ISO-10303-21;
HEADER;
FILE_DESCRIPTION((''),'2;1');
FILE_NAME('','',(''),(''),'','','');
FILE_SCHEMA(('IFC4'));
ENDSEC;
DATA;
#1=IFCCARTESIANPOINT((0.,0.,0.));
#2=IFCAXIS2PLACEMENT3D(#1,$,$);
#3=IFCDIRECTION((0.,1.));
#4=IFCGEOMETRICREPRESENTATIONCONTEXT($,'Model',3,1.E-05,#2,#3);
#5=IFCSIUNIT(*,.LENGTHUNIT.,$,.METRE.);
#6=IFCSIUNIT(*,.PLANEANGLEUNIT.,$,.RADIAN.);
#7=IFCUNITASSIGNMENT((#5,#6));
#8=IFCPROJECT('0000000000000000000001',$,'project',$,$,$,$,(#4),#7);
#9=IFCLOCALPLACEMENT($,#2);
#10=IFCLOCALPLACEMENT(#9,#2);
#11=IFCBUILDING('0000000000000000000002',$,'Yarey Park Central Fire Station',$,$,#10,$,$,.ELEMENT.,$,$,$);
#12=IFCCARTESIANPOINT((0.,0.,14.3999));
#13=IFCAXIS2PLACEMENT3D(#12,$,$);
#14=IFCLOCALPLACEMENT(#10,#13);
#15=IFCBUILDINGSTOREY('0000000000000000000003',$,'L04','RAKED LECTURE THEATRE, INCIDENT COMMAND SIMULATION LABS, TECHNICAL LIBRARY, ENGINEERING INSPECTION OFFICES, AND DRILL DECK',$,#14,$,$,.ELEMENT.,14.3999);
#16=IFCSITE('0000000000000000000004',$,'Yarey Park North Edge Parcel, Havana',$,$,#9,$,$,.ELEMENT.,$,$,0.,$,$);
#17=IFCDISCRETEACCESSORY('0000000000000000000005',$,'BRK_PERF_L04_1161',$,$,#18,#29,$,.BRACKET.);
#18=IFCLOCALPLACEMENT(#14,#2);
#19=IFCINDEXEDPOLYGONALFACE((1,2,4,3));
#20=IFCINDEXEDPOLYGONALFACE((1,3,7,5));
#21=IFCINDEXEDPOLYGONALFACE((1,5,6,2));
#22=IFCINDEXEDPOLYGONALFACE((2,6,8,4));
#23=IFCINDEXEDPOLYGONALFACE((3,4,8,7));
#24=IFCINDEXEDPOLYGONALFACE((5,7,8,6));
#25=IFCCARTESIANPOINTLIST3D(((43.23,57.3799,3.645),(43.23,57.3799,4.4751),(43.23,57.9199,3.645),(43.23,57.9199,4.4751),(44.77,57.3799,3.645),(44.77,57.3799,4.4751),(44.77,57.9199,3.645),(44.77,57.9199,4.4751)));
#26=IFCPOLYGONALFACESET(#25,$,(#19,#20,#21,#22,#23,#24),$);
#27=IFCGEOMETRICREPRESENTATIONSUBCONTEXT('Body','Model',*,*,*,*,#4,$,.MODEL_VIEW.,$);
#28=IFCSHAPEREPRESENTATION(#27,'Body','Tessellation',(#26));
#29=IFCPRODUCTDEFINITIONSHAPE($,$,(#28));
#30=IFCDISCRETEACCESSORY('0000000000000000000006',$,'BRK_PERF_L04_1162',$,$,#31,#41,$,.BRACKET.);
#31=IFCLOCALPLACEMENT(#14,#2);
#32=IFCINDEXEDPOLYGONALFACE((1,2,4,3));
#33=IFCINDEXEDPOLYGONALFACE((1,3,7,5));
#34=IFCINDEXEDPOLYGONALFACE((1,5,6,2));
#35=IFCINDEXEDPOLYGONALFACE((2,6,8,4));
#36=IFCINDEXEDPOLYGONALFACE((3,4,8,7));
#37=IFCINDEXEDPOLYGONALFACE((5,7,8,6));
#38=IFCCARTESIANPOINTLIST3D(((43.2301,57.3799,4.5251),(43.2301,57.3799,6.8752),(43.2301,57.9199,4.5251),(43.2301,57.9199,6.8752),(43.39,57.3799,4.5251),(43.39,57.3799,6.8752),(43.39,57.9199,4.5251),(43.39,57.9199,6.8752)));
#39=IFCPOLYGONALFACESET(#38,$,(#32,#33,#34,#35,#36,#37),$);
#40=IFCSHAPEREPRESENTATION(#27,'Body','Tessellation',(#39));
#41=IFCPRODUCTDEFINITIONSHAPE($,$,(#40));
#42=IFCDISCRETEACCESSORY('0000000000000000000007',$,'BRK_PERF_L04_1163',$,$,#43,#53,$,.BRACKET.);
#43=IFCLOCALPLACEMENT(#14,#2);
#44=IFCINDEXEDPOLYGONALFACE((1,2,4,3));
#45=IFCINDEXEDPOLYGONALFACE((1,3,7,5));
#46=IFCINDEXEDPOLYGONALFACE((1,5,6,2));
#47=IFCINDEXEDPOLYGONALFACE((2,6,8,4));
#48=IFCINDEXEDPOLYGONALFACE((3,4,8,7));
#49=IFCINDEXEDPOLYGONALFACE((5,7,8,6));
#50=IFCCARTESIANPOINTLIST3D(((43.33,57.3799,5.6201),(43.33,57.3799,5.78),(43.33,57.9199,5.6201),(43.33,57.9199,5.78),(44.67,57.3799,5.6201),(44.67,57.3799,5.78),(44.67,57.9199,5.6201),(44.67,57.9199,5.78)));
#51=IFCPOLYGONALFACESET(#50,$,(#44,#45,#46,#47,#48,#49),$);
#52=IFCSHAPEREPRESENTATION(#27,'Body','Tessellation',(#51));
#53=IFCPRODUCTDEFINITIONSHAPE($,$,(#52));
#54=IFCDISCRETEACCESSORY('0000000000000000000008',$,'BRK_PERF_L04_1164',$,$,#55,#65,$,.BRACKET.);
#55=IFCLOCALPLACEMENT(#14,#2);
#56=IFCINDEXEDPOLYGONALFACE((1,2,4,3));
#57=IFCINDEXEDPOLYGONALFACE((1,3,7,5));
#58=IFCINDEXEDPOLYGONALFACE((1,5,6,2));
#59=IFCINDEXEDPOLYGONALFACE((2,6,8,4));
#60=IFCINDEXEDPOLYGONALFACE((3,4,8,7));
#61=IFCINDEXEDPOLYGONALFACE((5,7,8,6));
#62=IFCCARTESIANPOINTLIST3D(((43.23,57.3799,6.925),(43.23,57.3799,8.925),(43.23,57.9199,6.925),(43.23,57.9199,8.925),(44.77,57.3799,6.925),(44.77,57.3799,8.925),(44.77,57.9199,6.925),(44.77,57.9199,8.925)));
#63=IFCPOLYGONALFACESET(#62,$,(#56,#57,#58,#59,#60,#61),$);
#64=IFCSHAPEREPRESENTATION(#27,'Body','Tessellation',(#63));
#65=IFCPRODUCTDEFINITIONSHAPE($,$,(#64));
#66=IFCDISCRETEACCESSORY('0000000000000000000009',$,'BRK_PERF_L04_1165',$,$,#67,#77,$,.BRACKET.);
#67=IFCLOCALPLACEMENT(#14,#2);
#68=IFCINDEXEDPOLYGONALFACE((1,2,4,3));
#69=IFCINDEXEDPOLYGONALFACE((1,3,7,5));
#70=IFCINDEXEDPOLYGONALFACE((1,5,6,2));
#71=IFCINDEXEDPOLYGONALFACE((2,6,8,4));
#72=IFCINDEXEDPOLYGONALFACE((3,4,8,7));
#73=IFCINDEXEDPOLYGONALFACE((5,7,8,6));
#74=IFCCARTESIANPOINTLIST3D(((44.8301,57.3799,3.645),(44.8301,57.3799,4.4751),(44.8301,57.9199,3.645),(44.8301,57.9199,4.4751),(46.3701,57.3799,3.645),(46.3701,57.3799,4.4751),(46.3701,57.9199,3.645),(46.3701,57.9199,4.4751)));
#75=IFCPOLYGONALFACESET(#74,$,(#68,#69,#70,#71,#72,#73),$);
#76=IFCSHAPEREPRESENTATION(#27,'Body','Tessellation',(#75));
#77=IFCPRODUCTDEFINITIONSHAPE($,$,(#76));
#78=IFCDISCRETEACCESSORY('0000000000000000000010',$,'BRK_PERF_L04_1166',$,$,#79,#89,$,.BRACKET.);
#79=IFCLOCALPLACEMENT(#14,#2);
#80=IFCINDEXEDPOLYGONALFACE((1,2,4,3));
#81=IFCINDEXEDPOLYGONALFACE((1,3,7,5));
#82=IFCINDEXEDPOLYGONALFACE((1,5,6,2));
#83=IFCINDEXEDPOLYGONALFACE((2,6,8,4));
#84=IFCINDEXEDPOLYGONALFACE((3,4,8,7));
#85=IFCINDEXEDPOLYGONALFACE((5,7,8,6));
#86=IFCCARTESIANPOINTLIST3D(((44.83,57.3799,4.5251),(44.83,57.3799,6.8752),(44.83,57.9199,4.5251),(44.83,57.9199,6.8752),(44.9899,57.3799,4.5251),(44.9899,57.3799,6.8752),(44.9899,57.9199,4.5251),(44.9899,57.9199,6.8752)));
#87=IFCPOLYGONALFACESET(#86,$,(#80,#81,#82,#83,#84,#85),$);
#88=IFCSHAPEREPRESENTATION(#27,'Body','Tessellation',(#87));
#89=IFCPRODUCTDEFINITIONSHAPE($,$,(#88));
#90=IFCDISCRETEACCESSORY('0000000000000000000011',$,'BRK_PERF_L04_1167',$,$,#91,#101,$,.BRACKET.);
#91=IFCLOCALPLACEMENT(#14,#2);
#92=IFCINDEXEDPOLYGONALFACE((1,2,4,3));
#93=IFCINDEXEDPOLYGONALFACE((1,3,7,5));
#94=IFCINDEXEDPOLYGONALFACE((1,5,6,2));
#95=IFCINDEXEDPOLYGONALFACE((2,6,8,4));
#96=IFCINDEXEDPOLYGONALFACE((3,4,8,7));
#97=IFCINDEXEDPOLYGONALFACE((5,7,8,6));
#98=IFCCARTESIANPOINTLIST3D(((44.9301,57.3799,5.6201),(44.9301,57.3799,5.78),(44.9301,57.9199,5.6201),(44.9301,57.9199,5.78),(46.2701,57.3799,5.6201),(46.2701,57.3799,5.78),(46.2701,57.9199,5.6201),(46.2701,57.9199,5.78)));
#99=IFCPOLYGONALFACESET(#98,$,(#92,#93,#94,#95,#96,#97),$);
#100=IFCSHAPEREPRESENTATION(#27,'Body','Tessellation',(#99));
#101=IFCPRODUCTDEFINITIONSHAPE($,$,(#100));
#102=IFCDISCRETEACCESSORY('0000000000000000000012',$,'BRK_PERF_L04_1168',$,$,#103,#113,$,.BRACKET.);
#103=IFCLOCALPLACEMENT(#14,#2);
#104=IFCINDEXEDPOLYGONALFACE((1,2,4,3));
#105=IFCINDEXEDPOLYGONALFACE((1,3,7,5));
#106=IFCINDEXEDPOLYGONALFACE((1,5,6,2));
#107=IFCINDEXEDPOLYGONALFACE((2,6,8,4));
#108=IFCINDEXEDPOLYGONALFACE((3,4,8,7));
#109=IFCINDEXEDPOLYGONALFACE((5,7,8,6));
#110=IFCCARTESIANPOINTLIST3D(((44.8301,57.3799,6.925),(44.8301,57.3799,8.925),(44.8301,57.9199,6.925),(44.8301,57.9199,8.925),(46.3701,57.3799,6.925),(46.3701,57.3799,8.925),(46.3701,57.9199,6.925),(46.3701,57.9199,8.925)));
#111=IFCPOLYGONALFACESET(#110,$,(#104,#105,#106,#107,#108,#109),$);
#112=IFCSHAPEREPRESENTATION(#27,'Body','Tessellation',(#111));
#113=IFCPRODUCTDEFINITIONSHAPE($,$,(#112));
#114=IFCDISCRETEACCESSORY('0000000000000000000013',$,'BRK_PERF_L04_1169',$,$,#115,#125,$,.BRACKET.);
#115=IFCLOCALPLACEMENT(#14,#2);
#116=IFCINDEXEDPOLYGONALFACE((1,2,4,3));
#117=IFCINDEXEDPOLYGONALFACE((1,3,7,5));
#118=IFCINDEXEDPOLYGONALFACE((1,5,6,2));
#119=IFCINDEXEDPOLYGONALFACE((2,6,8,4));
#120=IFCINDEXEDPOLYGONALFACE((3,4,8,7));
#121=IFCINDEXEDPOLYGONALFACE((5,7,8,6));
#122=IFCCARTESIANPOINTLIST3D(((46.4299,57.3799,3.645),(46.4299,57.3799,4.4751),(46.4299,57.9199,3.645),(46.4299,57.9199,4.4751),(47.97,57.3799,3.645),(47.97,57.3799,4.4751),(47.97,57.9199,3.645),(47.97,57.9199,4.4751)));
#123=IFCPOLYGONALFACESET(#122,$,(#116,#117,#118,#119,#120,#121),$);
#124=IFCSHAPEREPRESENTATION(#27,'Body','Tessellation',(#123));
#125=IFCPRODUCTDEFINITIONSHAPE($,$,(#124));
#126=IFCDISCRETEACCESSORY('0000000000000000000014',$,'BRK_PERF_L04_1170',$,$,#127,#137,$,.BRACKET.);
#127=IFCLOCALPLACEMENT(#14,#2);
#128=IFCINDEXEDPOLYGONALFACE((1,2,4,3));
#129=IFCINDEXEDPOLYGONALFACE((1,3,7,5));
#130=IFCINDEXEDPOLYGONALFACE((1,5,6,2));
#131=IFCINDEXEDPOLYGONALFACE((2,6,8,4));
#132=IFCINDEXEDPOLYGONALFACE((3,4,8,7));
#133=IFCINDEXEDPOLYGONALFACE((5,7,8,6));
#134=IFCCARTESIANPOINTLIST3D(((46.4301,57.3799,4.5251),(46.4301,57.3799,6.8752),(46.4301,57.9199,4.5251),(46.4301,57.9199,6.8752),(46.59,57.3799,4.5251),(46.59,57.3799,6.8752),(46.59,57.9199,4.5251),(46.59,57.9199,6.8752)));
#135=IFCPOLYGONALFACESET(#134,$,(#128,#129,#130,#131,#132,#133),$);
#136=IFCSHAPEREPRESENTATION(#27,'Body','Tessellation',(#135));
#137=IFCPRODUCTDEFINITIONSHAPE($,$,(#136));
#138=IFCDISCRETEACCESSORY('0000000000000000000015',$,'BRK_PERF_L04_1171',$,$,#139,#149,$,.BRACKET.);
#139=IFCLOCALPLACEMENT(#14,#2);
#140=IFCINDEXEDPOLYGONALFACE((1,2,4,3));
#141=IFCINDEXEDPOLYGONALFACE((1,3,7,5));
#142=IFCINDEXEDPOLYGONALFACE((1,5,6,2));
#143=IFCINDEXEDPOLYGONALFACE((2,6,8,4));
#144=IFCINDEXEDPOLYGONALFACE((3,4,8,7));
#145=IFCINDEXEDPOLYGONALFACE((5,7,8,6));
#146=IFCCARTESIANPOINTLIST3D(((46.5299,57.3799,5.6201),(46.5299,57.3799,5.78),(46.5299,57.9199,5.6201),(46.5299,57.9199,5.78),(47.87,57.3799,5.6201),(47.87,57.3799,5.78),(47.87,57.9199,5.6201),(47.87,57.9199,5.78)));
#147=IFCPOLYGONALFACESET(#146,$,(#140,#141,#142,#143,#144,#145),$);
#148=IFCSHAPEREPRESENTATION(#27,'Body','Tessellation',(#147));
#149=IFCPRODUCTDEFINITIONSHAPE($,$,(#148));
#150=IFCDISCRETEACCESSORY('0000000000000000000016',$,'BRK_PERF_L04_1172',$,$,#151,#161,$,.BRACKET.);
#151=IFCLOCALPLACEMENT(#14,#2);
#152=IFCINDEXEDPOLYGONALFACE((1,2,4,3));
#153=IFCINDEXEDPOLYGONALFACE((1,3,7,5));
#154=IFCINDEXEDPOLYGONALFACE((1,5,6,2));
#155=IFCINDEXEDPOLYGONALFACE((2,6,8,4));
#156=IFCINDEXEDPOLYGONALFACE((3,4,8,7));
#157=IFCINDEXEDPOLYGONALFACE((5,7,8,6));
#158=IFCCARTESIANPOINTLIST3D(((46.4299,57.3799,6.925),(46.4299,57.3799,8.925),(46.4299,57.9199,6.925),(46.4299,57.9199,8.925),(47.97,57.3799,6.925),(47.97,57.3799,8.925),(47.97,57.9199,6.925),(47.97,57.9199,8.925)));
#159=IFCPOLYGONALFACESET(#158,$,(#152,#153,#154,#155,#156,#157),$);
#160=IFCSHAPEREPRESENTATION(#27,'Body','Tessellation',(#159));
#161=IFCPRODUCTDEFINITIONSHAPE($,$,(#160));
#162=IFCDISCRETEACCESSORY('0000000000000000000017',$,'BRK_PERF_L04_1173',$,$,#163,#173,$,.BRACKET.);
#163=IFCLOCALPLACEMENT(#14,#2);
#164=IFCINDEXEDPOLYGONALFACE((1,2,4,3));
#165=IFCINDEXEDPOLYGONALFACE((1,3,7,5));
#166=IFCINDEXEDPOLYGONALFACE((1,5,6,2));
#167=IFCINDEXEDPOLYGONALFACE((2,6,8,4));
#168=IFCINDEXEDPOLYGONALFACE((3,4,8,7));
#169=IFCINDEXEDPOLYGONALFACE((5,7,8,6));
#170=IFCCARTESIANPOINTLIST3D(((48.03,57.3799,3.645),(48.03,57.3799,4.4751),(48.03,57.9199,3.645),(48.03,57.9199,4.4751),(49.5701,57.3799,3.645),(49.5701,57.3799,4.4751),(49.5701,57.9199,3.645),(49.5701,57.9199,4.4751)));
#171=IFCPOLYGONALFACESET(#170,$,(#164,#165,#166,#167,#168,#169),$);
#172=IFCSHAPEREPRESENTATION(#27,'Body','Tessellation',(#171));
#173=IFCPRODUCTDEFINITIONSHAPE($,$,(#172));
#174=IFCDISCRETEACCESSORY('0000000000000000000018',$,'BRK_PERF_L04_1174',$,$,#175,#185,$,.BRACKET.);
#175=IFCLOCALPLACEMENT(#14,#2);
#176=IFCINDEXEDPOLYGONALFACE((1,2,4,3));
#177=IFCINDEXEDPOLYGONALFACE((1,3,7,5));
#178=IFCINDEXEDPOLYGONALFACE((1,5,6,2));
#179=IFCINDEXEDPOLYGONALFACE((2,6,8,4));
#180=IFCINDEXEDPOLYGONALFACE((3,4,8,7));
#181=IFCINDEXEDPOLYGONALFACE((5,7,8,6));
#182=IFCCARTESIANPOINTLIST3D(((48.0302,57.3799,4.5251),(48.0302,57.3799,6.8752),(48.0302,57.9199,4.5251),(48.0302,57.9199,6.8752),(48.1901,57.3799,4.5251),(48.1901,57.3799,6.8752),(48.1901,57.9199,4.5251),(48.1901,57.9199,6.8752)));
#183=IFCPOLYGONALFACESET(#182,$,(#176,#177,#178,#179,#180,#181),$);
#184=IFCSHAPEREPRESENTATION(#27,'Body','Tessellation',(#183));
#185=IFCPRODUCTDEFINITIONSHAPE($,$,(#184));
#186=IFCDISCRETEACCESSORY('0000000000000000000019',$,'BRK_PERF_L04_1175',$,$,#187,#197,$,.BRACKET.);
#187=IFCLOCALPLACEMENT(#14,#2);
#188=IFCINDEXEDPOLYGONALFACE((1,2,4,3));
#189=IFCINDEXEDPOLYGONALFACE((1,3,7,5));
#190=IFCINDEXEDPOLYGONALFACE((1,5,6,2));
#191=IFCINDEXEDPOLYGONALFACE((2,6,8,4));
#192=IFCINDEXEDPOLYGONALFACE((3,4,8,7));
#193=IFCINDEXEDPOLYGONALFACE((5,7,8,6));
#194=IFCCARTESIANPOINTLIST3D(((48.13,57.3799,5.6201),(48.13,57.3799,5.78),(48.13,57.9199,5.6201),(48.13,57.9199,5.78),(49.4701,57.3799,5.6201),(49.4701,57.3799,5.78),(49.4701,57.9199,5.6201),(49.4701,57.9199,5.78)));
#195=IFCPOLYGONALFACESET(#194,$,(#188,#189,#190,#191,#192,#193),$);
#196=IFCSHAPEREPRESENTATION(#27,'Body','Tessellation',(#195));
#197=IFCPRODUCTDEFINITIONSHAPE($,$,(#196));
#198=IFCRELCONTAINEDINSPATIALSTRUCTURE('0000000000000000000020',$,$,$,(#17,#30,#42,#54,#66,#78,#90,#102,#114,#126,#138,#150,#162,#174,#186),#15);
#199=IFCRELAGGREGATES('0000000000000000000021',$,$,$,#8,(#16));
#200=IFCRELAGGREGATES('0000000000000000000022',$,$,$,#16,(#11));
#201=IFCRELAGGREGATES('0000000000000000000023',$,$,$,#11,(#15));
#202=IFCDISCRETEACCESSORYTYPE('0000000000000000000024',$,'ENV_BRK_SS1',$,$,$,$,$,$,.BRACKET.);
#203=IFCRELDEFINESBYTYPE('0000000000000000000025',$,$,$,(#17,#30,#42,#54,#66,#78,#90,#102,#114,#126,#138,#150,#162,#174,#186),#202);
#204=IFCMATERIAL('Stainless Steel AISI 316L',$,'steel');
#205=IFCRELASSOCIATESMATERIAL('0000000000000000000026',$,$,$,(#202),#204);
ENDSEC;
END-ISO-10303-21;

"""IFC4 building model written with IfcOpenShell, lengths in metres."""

from ifc_helpers import new_model, si_unit, direction, frame, origin, origin_2d, place, context, subcontext, project, spatial, rectangle, extrude, material, type_object, element, save


model = new_model("IFC4")

# Units and contexts
model_context = context("Model", 3, precision=1e-05, world=origin(), true_north=direction((0.0, 1.0)))
body_context = subcontext(model_context, "Body", "Model", "MODEL_VIEW")
ifc_project = project(units=[si_unit("LENGTHUNIT", "METRE"), si_unit("PLANEANGLEUNIT", "RADIAN")], contexts=[model_context])

# Site, building, storey
site_placement = place(None, origin())
site = spatial("IfcSite", under=ifc_project, at=site_placement, Name="Yarey Park North Edge Parcel, Havana", CompositionType="ELEMENT", RefElevation=0.0)
building_placement = place(site_placement, origin())
building = spatial("IfcBuilding", under=site, at=building_placement, Name="Yarey Park Central Fire Station", CompositionType="ELEMENT")
storey_placement = place(building_placement, frame((0.0, 0.0, 14.3999)))
storey = spatial("IfcBuildingStorey", under=building, at=storey_placement, Name="L04", Description="RAKED LECTURE THEATRE, INCIDENT COMMAND SIMULATION LABS, TECHNICAL LIBRARY, ENGINEERING INSPECTION OFFICES, AND DRILL DECK", CompositionType="ELEMENT", Elevation=14.3999)

# Discrete accessories
ifc_material = material(Name="Stainless Steel AISI 316L", Category="steel")
discrete_accessory_type = type_object("IfcDiscreteAccessoryType", Name="ENV_BRK_SS1", PredefinedType="BRACKET", material=ifc_material)
discrete_accessory_1_placement = place(storey_placement, frame((44.0, 57.6499, 3.645), z_axis=(0.0, 0.0, 1.0), x_axis=(1.0, 0.0, 0.0)))
element("IfcDiscreteAccessory", 1, at=discrete_accessory_1_placement, inside=storey, type_object=discrete_accessory_type, Name="BRK_PERF_L04_1161", PredefinedType="BRACKET", context=body_context, shape_type="SweptSolid", body=[
    extrude(rectangle(XDim=1.54, YDim=0.54, at=origin_2d()), origin(), (0.0, 0.0, 1.0), 0.8301),
])
discrete_accessory_2_placement = place(storey_placement, frame((43.3101, 57.6499, 4.5251), z_axis=(0.0, 0.0, 1.0), x_axis=(1.0, 0.0, 0.0)))
element("IfcDiscreteAccessory", 2, at=discrete_accessory_2_placement, inside=storey, type_object=discrete_accessory_type, Name="BRK_PERF_L04_1162", PredefinedType="BRACKET", context=body_context, shape_type="SweptSolid", body=[
    extrude(rectangle(XDim=0.1599, YDim=0.54, at=origin_2d()), origin(), (0.0, 0.0, 1.0), 2.3501),
])
discrete_accessory_3_placement = place(storey_placement, frame((44.0, 57.6499, 5.6201), z_axis=(0.0, 0.0, 1.0), x_axis=(1.0, 0.0, 0.0)))
element("IfcDiscreteAccessory", 3, at=discrete_accessory_3_placement, inside=storey, type_object=discrete_accessory_type, Name="BRK_PERF_L04_1163", PredefinedType="BRACKET", context=body_context, shape_type="SweptSolid", body=[
    extrude(rectangle(XDim=1.3401, YDim=0.54, at=origin_2d()), origin(), (0.0, 0.0, 1.0), 0.1599),
])
discrete_accessory_4_placement = place(storey_placement, frame((44.0, 57.6499, 6.925), z_axis=(0.0, 0.0, 1.0), x_axis=(1.0, 0.0, 0.0)))
element("IfcDiscreteAccessory", 4, at=discrete_accessory_4_placement, inside=storey, type_object=discrete_accessory_type, Name="BRK_PERF_L04_1164", PredefinedType="BRACKET", context=body_context, shape_type="SweptSolid", body=[
    extrude(rectangle(XDim=1.54, YDim=0.54, at=origin_2d()), origin(), (0.0, 0.0, 1.0), 2.0),
])
discrete_accessory_5_placement = place(storey_placement, frame((45.6001, 57.6499, 3.645), z_axis=(0.0, 0.0, 1.0), x_axis=(1.0, 0.0, 0.0)))
element("IfcDiscreteAccessory", 5, at=discrete_accessory_5_placement, inside=storey, type_object=discrete_accessory_type, Name="BRK_PERF_L04_1165", PredefinedType="BRACKET", context=body_context, shape_type="SweptSolid", body=[
    extrude(rectangle(XDim=1.54, YDim=0.54, at=origin_2d()), origin(), (0.0, 0.0, 1.0), 0.8301),
])
discrete_accessory_6_placement = place(storey_placement, frame((44.9099, 57.6499, 4.5251), z_axis=(0.0, 0.0, 1.0), x_axis=(1.0, 0.0, 0.0)))
element("IfcDiscreteAccessory", 6, at=discrete_accessory_6_placement, inside=storey, type_object=discrete_accessory_type, Name="BRK_PERF_L04_1166", PredefinedType="BRACKET", context=body_context, shape_type="SweptSolid", body=[
    extrude(rectangle(XDim=0.1599, YDim=0.54, at=origin_2d()), origin(), (0.0, 0.0, 1.0), 2.3501),
])
discrete_accessory_7_placement = place(storey_placement, frame((45.6001, 57.6499, 5.6201), z_axis=(0.0, 0.0, 1.0), x_axis=(1.0, 0.0, 0.0)))
element("IfcDiscreteAccessory", 7, at=discrete_accessory_7_placement, inside=storey, type_object=discrete_accessory_type, Name="BRK_PERF_L04_1167", PredefinedType="BRACKET", context=body_context, shape_type="SweptSolid", body=[
    extrude(rectangle(XDim=1.3401, YDim=0.54, at=origin_2d()), origin(), (0.0, 0.0, 1.0), 0.1599),
])
discrete_accessory_8_placement = place(storey_placement, frame((45.6001, 57.6499, 6.925), z_axis=(0.0, 0.0, 1.0), x_axis=(1.0, 0.0, 0.0)))
element("IfcDiscreteAccessory", 8, at=discrete_accessory_8_placement, inside=storey, type_object=discrete_accessory_type, Name="BRK_PERF_L04_1168", PredefinedType="BRACKET", context=body_context, shape_type="SweptSolid", body=[
    extrude(rectangle(XDim=1.54, YDim=0.54, at=origin_2d()), origin(), (0.0, 0.0, 1.0), 2.0),
])
discrete_accessory_9_placement = place(storey_placement, frame((47.2, 57.6499, 3.645), z_axis=(0.0, 0.0, 1.0), x_axis=(1.0, 0.0, 0.0)))
element("IfcDiscreteAccessory", 9, at=discrete_accessory_9_placement, inside=storey, type_object=discrete_accessory_type, Name="BRK_PERF_L04_1169", PredefinedType="BRACKET", context=body_context, shape_type="SweptSolid", body=[
    extrude(rectangle(XDim=1.54, YDim=0.54, at=origin_2d()), origin(), (0.0, 0.0, 1.0), 0.8301),
])
discrete_accessory_10_placement = place(storey_placement, frame((46.51, 57.6499, 4.5251), z_axis=(0.0, 0.0, 1.0), x_axis=(1.0, 0.0, 0.0)))
element("IfcDiscreteAccessory", 10, at=discrete_accessory_10_placement, inside=storey, type_object=discrete_accessory_type, Name="BRK_PERF_L04_1170", PredefinedType="BRACKET", context=body_context, shape_type="SweptSolid", body=[
    extrude(rectangle(XDim=0.1599, YDim=0.54, at=origin_2d()), origin(), (0.0, 0.0, 1.0), 2.3501),
])
discrete_accessory_11_placement = place(storey_placement, frame((47.2, 57.6499, 5.6201), z_axis=(0.0, 0.0, 1.0), x_axis=(1.0, 0.0, 0.0)))
element("IfcDiscreteAccessory", 11, at=discrete_accessory_11_placement, inside=storey, type_object=discrete_accessory_type, Name="BRK_PERF_L04_1171", PredefinedType="BRACKET", context=body_context, shape_type="SweptSolid", body=[
    extrude(rectangle(XDim=1.3401, YDim=0.54, at=origin_2d()), origin(), (0.0, 0.0, 1.0), 0.1599),
])
discrete_accessory_12_placement = place(storey_placement, frame((47.2, 57.6499, 6.925), z_axis=(0.0, 0.0, 1.0), x_axis=(1.0, 0.0, 0.0)))
element("IfcDiscreteAccessory", 12, at=discrete_accessory_12_placement, inside=storey, type_object=discrete_accessory_type, Name="BRK_PERF_L04_1172", PredefinedType="BRACKET", context=body_context, shape_type="SweptSolid", body=[
    extrude(rectangle(XDim=1.54, YDim=0.54, at=origin_2d()), origin(), (0.0, 0.0, 1.0), 2.0),
])
discrete_accessory_13_placement = place(storey_placement, frame((48.8, 57.6499, 3.645), z_axis=(0.0, 0.0, 1.0), x_axis=(1.0, 0.0, 0.0)))
element("IfcDiscreteAccessory", 13, at=discrete_accessory_13_placement, inside=storey, type_object=discrete_accessory_type, Name="BRK_PERF_L04_1173", PredefinedType="BRACKET", context=body_context, shape_type="SweptSolid", body=[
    extrude(rectangle(XDim=1.54, YDim=0.54, at=origin_2d()), origin(), (0.0, 0.0, 1.0), 0.8301),
])
discrete_accessory_14_placement = place(storey_placement, frame((48.1101, 57.6499, 4.5251), z_axis=(0.0, 0.0, 1.0), x_axis=(1.0, 0.0, 0.0)))
element("IfcDiscreteAccessory", 14, at=discrete_accessory_14_placement, inside=storey, type_object=discrete_accessory_type, Name="BRK_PERF_L04_1174", PredefinedType="BRACKET", context=body_context, shape_type="SweptSolid", body=[
    extrude(rectangle(XDim=0.1599, YDim=0.54, at=origin_2d()), origin(), (0.0, 0.0, 1.0), 2.3501),
])
discrete_accessory_15_placement = place(storey_placement, frame((48.8, 57.6499, 5.6201), z_axis=(0.0, 0.0, 1.0), x_axis=(1.0, 0.0, 0.0)))
element("IfcDiscreteAccessory", 15, at=discrete_accessory_15_placement, inside=storey, type_object=discrete_accessory_type, Name="BRK_PERF_L04_1175", PredefinedType="BRACKET", context=body_context, shape_type="SweptSolid", body=[
    extrude(rectangle(XDim=1.3401, YDim=0.54, at=origin_2d()), origin(), (0.0, 0.0, 1.0), 0.1599),
])

save(model, "model.ifc")
